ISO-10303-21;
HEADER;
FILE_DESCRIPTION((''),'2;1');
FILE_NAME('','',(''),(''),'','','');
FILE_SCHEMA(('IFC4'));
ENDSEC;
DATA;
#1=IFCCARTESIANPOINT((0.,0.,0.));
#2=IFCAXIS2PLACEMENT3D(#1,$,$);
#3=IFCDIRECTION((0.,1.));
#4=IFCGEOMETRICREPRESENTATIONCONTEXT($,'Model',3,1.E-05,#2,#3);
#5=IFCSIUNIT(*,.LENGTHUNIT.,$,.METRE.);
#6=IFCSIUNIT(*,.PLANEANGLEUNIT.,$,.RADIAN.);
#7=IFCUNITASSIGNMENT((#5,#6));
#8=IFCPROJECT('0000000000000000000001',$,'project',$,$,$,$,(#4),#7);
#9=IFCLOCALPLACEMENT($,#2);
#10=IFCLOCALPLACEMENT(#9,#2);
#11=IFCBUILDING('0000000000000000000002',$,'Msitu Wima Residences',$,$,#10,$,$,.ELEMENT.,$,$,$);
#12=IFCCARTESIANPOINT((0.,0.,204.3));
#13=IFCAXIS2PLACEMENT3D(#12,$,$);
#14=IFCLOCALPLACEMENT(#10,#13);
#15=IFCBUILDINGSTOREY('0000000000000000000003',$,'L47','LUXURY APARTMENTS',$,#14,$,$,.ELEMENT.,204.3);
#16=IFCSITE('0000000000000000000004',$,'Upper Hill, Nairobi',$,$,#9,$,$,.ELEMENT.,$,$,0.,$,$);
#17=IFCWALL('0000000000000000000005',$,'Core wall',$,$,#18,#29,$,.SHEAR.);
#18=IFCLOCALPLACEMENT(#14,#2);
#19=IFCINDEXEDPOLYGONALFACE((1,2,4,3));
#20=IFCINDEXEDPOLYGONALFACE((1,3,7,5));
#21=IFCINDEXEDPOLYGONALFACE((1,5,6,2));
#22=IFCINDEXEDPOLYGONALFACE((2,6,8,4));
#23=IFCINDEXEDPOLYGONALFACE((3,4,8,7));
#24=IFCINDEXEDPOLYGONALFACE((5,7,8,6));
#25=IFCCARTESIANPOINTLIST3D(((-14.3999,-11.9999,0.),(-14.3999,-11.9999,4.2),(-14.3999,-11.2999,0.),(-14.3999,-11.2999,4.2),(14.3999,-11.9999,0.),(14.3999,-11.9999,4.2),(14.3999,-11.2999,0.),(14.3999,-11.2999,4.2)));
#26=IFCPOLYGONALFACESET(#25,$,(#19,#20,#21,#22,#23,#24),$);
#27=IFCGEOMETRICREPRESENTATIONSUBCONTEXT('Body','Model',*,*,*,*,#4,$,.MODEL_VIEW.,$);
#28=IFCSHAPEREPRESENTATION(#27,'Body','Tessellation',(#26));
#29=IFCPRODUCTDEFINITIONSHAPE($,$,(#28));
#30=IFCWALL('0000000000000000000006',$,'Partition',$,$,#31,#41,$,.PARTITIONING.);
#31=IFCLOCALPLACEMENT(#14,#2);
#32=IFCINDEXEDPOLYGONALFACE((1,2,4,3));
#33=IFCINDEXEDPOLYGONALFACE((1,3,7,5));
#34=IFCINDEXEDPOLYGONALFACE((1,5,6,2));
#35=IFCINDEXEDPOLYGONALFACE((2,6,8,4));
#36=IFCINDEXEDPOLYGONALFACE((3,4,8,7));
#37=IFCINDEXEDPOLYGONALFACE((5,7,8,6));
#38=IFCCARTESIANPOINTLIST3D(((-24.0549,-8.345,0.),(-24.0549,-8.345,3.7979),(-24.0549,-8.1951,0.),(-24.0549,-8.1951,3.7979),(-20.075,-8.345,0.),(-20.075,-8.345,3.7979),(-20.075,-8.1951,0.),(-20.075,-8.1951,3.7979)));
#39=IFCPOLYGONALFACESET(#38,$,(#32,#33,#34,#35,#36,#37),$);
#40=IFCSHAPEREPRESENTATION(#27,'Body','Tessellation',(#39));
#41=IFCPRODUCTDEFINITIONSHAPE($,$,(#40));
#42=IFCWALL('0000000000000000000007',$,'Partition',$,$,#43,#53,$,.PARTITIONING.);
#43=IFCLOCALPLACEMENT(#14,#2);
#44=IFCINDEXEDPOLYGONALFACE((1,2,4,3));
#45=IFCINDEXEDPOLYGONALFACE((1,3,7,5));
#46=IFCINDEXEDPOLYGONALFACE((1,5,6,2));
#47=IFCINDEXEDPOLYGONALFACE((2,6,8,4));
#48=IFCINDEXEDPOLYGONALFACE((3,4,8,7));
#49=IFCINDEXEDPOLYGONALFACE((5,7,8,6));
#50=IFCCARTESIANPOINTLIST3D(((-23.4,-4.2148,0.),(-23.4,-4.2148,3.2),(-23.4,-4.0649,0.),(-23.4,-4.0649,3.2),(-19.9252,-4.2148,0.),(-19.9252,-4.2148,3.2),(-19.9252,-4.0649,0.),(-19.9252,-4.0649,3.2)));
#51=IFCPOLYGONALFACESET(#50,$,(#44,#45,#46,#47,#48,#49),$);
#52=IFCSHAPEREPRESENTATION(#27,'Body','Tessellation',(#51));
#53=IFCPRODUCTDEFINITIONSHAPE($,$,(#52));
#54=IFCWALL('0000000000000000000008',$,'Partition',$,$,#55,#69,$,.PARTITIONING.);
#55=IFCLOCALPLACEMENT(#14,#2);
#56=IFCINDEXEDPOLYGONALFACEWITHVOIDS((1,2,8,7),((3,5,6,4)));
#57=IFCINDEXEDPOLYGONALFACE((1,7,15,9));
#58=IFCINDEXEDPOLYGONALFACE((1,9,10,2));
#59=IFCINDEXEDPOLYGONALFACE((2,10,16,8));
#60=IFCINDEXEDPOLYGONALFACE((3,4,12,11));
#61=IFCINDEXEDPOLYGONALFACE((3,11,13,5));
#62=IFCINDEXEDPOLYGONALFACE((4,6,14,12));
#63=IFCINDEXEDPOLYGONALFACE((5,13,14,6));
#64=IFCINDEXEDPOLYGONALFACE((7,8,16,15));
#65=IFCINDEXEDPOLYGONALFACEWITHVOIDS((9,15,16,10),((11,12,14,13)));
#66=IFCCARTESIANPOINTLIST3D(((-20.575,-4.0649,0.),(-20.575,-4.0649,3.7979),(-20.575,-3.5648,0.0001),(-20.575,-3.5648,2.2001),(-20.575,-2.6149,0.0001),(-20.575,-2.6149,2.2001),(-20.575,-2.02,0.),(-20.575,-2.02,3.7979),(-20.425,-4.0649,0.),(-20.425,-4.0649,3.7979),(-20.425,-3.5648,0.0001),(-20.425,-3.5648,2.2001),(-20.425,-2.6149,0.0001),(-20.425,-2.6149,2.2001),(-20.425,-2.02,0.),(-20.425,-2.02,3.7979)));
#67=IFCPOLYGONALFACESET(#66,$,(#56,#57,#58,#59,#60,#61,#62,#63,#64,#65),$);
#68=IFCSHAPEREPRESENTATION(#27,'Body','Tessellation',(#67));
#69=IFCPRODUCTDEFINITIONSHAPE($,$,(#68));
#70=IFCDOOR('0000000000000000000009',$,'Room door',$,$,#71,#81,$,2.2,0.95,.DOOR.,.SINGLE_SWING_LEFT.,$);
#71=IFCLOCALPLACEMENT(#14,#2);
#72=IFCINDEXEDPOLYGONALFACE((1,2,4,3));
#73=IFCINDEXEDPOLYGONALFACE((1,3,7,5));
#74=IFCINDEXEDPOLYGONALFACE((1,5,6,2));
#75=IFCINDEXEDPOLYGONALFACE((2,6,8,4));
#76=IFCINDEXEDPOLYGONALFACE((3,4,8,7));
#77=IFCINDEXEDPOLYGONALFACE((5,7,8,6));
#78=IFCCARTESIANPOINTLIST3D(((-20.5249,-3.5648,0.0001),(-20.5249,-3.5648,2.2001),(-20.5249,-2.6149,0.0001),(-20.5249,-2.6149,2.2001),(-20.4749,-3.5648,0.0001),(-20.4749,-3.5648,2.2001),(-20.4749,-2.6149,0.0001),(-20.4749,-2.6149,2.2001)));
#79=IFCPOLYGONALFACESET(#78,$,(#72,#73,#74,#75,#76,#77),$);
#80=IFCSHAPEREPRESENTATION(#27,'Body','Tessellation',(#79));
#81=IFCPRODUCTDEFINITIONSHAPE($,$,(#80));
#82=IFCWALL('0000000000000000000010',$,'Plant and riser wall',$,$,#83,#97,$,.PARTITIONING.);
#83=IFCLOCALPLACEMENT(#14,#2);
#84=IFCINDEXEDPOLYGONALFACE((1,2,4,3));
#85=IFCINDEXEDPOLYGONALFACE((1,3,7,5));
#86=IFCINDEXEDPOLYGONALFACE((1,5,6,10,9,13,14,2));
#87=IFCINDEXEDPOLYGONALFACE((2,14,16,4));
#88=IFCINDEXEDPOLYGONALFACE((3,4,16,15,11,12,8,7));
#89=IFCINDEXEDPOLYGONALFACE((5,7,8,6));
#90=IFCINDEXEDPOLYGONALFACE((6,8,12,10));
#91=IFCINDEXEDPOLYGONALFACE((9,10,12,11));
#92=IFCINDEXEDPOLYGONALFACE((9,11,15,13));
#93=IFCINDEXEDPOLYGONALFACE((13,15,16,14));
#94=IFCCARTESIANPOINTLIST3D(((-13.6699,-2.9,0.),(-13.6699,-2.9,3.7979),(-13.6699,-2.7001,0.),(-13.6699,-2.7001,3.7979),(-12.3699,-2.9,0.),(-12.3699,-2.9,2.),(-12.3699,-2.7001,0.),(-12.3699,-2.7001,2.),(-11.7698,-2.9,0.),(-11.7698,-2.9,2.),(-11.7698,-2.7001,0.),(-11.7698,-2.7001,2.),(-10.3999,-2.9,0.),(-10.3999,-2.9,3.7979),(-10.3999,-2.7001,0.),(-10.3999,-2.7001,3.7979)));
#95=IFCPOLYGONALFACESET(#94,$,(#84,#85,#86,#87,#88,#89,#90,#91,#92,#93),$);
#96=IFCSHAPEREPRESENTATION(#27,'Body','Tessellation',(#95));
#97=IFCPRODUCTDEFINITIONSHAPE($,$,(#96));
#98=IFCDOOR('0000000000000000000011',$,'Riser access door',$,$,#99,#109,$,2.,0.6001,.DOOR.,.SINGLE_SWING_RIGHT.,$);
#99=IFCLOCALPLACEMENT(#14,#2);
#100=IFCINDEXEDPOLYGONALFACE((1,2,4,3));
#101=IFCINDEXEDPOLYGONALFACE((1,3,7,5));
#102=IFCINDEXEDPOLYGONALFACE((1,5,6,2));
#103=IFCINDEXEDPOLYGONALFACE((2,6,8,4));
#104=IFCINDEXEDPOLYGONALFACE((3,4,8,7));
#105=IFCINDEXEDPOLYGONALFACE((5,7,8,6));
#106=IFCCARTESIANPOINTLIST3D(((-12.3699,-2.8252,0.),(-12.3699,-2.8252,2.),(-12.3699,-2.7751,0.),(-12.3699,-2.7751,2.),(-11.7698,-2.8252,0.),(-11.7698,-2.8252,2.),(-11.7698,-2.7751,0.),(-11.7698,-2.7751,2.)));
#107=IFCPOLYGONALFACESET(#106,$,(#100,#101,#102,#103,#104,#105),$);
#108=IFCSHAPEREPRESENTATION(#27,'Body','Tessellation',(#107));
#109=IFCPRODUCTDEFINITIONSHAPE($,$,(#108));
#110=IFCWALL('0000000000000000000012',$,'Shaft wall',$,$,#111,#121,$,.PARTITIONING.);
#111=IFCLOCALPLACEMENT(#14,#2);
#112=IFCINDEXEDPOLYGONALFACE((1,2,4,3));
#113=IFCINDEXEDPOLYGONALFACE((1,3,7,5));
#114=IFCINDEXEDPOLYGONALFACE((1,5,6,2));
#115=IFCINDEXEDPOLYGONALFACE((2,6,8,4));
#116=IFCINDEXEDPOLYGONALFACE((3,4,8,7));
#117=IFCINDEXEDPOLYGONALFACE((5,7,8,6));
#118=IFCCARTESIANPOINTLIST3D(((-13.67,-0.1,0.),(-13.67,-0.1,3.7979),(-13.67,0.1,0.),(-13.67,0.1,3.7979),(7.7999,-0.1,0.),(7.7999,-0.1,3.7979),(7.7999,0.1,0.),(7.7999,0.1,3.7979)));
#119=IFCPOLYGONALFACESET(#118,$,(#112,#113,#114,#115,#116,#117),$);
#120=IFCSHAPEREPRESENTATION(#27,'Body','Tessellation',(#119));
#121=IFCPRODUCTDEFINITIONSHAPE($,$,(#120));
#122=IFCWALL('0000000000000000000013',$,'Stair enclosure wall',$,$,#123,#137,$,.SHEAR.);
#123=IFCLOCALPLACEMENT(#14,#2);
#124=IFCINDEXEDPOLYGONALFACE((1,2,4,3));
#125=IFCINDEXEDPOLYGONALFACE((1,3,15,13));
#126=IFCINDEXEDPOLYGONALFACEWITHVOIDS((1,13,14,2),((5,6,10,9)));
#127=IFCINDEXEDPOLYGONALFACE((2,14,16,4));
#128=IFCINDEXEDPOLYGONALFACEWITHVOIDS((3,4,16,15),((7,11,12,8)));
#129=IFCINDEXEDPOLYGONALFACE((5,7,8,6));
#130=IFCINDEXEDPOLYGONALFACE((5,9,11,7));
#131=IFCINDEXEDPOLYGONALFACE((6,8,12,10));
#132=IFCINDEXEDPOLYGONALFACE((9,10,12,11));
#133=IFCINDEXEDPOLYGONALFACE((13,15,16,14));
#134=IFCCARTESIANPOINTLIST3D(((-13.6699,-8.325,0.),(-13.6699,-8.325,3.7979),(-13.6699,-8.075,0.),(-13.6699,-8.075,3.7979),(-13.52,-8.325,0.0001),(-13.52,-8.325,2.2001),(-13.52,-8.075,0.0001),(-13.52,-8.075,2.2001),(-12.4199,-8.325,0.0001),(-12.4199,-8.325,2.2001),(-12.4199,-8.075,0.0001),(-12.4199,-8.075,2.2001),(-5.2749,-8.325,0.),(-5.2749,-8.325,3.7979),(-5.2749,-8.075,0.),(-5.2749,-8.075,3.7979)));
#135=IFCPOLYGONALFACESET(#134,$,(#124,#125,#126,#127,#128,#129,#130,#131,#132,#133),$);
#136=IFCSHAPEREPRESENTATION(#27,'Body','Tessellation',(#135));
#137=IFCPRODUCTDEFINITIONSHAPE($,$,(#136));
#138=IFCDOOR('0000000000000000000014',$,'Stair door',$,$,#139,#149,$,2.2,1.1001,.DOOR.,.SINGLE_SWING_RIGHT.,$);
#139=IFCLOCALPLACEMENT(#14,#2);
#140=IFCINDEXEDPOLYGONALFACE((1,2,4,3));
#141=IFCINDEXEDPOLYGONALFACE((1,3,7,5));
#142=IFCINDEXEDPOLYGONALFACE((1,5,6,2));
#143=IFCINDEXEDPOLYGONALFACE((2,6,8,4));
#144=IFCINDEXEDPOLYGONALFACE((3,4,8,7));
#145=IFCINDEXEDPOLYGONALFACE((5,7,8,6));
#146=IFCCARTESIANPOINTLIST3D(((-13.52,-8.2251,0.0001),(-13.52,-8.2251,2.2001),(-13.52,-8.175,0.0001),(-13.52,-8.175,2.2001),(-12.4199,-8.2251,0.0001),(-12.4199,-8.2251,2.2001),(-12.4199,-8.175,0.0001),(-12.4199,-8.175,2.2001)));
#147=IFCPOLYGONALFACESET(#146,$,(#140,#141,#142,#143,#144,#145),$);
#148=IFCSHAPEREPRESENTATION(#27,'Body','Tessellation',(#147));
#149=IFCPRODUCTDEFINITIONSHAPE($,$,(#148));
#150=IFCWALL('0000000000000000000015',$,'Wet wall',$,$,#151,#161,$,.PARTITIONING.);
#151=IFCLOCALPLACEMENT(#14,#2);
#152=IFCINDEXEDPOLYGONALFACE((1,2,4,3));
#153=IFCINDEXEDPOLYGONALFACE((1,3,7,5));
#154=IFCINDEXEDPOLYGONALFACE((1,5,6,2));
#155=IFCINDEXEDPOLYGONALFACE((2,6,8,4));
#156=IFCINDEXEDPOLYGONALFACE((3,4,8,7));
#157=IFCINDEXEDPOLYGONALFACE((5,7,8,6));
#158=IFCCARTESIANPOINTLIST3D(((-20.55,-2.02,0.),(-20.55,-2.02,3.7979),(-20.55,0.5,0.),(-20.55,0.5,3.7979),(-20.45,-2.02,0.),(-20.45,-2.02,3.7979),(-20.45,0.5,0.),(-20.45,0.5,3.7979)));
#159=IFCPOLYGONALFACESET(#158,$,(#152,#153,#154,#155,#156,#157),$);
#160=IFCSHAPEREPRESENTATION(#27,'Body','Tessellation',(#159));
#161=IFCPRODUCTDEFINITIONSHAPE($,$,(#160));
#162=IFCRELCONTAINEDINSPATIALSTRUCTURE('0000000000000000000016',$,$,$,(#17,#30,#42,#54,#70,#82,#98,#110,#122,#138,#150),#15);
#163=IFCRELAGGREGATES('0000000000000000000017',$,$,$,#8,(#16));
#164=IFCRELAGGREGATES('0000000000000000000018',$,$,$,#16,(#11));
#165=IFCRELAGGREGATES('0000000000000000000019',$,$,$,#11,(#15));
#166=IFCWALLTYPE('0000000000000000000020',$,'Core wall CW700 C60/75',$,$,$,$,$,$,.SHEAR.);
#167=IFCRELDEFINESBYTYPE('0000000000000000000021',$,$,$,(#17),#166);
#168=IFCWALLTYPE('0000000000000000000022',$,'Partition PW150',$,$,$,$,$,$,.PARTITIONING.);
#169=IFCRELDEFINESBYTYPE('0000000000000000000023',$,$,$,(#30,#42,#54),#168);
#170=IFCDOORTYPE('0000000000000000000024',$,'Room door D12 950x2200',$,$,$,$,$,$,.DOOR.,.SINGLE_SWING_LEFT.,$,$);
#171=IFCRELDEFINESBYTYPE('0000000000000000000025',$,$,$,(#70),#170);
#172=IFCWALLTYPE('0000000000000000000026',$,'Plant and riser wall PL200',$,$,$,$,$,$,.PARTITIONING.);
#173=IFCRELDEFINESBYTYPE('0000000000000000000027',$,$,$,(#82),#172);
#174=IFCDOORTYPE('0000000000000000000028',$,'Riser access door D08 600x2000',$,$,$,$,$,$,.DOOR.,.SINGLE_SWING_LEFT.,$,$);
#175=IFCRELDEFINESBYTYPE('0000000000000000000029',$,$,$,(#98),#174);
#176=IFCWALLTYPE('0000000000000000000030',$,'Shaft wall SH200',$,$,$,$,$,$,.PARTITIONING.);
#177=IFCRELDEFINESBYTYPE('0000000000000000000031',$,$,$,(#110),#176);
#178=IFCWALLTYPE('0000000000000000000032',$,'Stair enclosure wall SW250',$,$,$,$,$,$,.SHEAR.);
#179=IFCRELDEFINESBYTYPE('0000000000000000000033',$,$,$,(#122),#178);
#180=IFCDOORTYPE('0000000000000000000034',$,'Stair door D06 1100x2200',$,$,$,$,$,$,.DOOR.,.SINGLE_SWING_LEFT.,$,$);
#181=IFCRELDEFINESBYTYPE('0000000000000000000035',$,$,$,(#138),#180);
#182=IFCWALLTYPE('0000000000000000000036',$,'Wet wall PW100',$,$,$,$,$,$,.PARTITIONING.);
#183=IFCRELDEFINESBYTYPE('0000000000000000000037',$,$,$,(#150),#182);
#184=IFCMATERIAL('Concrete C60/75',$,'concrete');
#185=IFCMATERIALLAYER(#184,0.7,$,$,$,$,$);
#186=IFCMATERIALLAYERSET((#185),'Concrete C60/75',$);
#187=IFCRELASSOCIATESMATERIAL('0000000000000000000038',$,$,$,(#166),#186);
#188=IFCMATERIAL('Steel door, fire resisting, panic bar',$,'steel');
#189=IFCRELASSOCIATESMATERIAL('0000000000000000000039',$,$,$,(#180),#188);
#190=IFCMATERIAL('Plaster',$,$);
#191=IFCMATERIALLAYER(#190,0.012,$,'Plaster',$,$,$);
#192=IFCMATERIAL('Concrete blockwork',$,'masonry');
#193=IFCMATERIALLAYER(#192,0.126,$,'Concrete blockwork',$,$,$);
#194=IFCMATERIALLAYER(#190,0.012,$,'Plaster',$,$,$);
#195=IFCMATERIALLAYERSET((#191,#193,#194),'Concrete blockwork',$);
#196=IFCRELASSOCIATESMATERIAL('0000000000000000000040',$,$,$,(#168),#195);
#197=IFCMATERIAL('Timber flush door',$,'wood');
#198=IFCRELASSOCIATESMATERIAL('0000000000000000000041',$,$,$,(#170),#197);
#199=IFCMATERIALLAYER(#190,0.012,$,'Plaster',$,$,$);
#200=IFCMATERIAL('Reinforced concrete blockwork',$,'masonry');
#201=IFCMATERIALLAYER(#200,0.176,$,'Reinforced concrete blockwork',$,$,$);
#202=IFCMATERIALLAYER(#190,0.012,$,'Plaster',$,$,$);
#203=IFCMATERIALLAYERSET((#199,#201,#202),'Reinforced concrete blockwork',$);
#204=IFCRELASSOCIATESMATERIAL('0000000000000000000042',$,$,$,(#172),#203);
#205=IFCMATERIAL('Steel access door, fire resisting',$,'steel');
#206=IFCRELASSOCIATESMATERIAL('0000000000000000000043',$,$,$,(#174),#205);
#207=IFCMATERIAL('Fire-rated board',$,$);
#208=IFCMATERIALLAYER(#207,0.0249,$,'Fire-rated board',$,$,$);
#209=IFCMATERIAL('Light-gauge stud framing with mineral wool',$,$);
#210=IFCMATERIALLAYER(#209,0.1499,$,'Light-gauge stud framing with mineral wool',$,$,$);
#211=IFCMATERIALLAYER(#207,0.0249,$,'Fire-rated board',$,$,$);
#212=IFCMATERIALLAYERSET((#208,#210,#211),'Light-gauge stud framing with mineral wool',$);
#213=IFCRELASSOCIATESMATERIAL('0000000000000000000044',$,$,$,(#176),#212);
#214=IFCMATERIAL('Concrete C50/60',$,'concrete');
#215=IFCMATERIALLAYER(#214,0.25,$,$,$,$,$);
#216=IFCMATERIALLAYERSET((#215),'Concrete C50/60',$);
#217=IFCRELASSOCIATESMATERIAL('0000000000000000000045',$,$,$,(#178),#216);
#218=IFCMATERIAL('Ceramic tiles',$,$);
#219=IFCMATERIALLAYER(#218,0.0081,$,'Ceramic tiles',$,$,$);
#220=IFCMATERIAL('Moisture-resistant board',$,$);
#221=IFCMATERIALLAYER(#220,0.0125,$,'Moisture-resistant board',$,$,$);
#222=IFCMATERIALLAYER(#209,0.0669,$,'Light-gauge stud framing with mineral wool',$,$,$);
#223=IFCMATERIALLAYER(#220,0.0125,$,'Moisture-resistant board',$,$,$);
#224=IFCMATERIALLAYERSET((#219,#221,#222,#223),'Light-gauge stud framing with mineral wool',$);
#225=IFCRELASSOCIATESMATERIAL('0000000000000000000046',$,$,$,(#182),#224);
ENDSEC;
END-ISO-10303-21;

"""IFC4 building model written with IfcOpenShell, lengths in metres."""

from ifc_helpers import new_model, si_unit, direction, frame, frame_2d, origin, place, context, subcontext, project, spatial, rectangle, extrude, material, layer, layer_set, type_object, element, fill, save


model = new_model("IFC4")

# Units and contexts
model_context = context("Model", 3, precision=1e-05, world=origin(), true_north=direction((0.0, 1.0)))
body_context = subcontext(model_context, "Body", "Model", "MODEL_VIEW")
ifc_project = project(units=[si_unit("LENGTHUNIT", "METRE"), si_unit("PLANEANGLEUNIT", "RADIAN")], contexts=[model_context])

# Site, building, storey
site_placement = place(None, origin())
site = spatial("IfcSite", under=ifc_project, at=site_placement, Name="Upper Hill, Nairobi", CompositionType="ELEMENT", RefElevation=0.0)
building_placement = place(site_placement, origin())
building = spatial("IfcBuilding", under=site, at=building_placement, Name="Msitu Wima Residences", CompositionType="ELEMENT")
storey_placement = place(building_placement, frame((0.0, 0.0, 204.3)))
storey = spatial("IfcBuildingStorey", under=building, at=storey_placement, Name="L47", Description="LUXURY APARTMENTS", CompositionType="ELEMENT", Elevation=204.3)

# Shared definitions
ifc_material_1 = material(Name="Concrete C60/75", Category="concrete")

# Shared definitions
ifc_material_2 = material(Name="Concrete C50/60", Category="concrete")

# Wall
ifc_layer_1 = layer(ifc_material_1, 0.7)
ifc_layer_set_1 = layer_set([ifc_layer_1], Name="Concrete C60/75")
wall_type_1 = type_object("IfcWallType", Name="Core wall CW700 C60/75", PredefinedType="SHEAR", material=ifc_layer_set_1)
wall_1_placement = place(storey_placement, frame((-14.3999, -11.6499, 0.0), z_axis=(0.0, 0.0, 1.0), x_axis=(1.0, 0.0, 0.0)))
element("IfcWall", 1, at=wall_1_placement, inside=storey, type_object=wall_type_1, Name="Core wall", PredefinedType="SHEAR", context=body_context, shape_type="SweptSolid", body=[
    extrude(rectangle(XDim=28.7998, YDim=0.7, at=frame_2d((14.3999, 0.0))), origin(), (0.0, 0.0, 1.0), 4.2),
])

# Shared definitions
ifc_material_3 = material(Name="Steel door, fire resisting, panic bar", Category="steel")
door_type_1 = type_object("IfcDoorType", Name="Stair door D06 1100x2200", OperationType="SINGLE_SWING_LEFT", PredefinedType="DOOR", material=ifc_material_3)

# Walls
ifc_material_4 = material(Name="Plaster")
ifc_layer_2 = layer(ifc_material_4, 0.012, Name="Plaster")
ifc_material_5 = material(Name="Concrete blockwork", Category="masonry")
ifc_layer_3 = layer(ifc_material_5, 0.126, Name="Concrete blockwork")
ifc_layer_4 = layer(ifc_material_4, 0.012, Name="Plaster")
ifc_layer_set_2 = layer_set([ifc_layer_2, ifc_layer_3, ifc_layer_4], Name="Concrete blockwork")
wall_type_2 = type_object("IfcWallType", Name="Partition PW150", PredefinedType="PARTITIONING", material=ifc_layer_set_2)
wall_2_placement = place(storey_placement, frame((-24.0549, -8.27, 0.0), z_axis=(0.0, 0.0, 1.0), x_axis=(1.0, 0.0, 0.0)))
element("IfcWall", 2, at=wall_2_placement, inside=storey, type_object=wall_type_2, Name="Partition", PredefinedType="PARTITIONING", context=body_context, shape_type="SweptSolid", body=[
    extrude(rectangle(XDim=3.98, YDim=0.1499, at=frame_2d((1.99, 0.0))), origin(), (0.0, 0.0, 1.0), 3.7979),
])
wall_3_placement = place(storey_placement, frame((-23.3999, -4.1399, 0.0), z_axis=(0.0, 0.0, 1.0), x_axis=(1.0, 0.0, 0.0)))
element("IfcWall", 3, at=wall_3_placement, inside=storey, type_object=wall_type_2, Name="Partition", PredefinedType="PARTITIONING", context=body_context, shape_type="SweptSolid", body=[
    extrude(rectangle(XDim=3.4749, YDim=0.1499, at=frame_2d((1.7373, 0.0))), origin(), (0.0, 0.0, 1.0), 3.2),
])

# Walls, openings, doors
wall_4_placement = place(storey_placement, frame((-20.5, -4.0649, 0.0), z_axis=(0.0, 0.0, 1.0), x_axis=(0.0, 1.0, 0.0)))
wall_4 = element("IfcWall", 4, at=wall_4_placement, inside=storey, type_object=wall_type_2, Name="Partition", PredefinedType="PARTITIONING", context=body_context, shape_type="SweptSolid", body=[
    extrude(rectangle(XDim=2.0449, YDim=0.1499, at=frame_2d((1.0225, 0.0))), origin(), (0.0, 0.0, 1.0), 3.7979),
])
opening_1_placement = place(wall_4_placement, frame((0.5, 0.0, 0.0)))
opening_1 = element("IfcOpeningElement", 5, at=opening_1_placement, cuts=wall_4, PredefinedType="OPENING", context=body_context, shape_type="SweptSolid", body=[
    extrude(rectangle(XDim=0.95, YDim=2.2, at=frame_2d((0.4751, 1.1001))), frame((0.0, 0.085, 0.0), z_axis=(0.0, -1.0, 0.0), x_axis=(1.0, 0.0, 0.0)), (0.0, 0.0, 1.0), 0.1699),
])
ifc_material_6 = material(Name="Timber flush door", Category="wood")
door_type_2 = type_object("IfcDoorType", Name="Room door D12 950x2200", OperationType="SINGLE_SWING_LEFT", PredefinedType="DOOR", material=ifc_material_6)
door_1_placement = place(opening_1_placement, origin())
door_1 = element("IfcDoor", 6, at=door_1_placement, inside=storey, type_object=door_type_2, Name="Room door", OperationType="SINGLE_SWING_LEFT", OverallHeight=2.2, OverallWidth=0.95, PredefinedType="DOOR", context=body_context, shape_type="SweptSolid", body=[
    extrude(rectangle(XDim=0.95, YDim=2.2, at=frame_2d((0.4751, 1.1001))), frame((0.0, 0.0249, 0.0), z_axis=(0.0, -1.0, 0.0), x_axis=(1.0, 0.0, 0.0)), (0.0, 0.0, 1.0), 0.05),
])
fill(opening_1, door_1)
ifc_layer_5 = layer(ifc_material_4, 0.012, Name="Plaster")
ifc_material_7 = material(Name="Reinforced concrete blockwork", Category="masonry")
ifc_layer_6 = layer(ifc_material_7, 0.176, Name="Reinforced concrete blockwork")
ifc_layer_7 = layer(ifc_material_4, 0.012, Name="Plaster")
ifc_layer_set_3 = layer_set([ifc_layer_5, ifc_layer_6, ifc_layer_7], Name="Reinforced concrete blockwork")
wall_type_3 = type_object("IfcWallType", Name="Plant and riser wall PL200", PredefinedType="PARTITIONING", material=ifc_layer_set_3)
wall_5_placement = place(storey_placement, frame((-13.6699, -2.8, 0.0), z_axis=(0.0, 0.0, 1.0), x_axis=(1.0, 0.0, 0.0)))
wall_5 = element("IfcWall", 7, at=wall_5_placement, inside=storey, type_object=wall_type_3, Name="Plant and riser wall", PredefinedType="PARTITIONING", context=body_context, shape_type="SweptSolid", body=[
    extrude(rectangle(XDim=3.27, YDim=0.2, at=frame_2d((1.635, 0.0))), origin(), (0.0, 0.0, 1.0), 3.7979),
])
opening_2_placement = place(wall_5_placement, frame((1.3, 0.0, 0.0)))
opening_2 = element("IfcOpeningElement", 8, at=opening_2_placement, cuts=wall_5, PredefinedType="OPENING", context=body_context, shape_type="SweptSolid", body=[
    extrude(rectangle(XDim=0.6001, YDim=2.0, at=frame_2d((0.3, 1.0))), frame((0.0, 0.1099, 0.0), z_axis=(0.0, -1.0, 0.0), x_axis=(1.0, 0.0, 0.0)), (0.0, 0.0, 1.0), 0.22),
])
ifc_material_8 = material(Name="Steel access door, fire resisting", Category="steel")
door_type_3 = type_object("IfcDoorType", Name="Riser access door D08 600x2000", OperationType="SINGLE_SWING_LEFT", PredefinedType="DOOR", material=ifc_material_8)
door_2_placement = place(opening_2_placement, origin())
door_2 = element("IfcDoor", 9, at=door_2_placement, inside=storey, type_object=door_type_3, Name="Riser access door", OperationType="SINGLE_SWING_RIGHT", OverallHeight=2.0, OverallWidth=0.6001, PredefinedType="DOOR", context=body_context, shape_type="SweptSolid", body=[
    extrude(rectangle(XDim=0.6001, YDim=2.0, at=frame_2d((0.3, 1.0))), frame((0.0, 0.0249, 0.0), z_axis=(0.0, -1.0, 0.0), x_axis=(1.0, 0.0, 0.0)), (0.0, 0.0, 1.0), 0.05),
])
fill(opening_2, door_2)

# Wall
ifc_material_9 = material(Name="Fire-rated board")
ifc_layer_8 = layer(ifc_material_9, 0.0249, Name="Fire-rated board")
ifc_material_10 = material(Name="Light-gauge stud framing with mineral wool")
ifc_layer_9 = layer(ifc_material_10, 0.1499, Name="Light-gauge stud framing with mineral wool")
ifc_layer_10 = layer(ifc_material_9, 0.0249, Name="Fire-rated board")
ifc_layer_set_4 = layer_set([ifc_layer_8, ifc_layer_9, ifc_layer_10], Name="Light-gauge stud framing with mineral wool")
wall_type_4 = type_object("IfcWallType", Name="Shaft wall SH200", PredefinedType="PARTITIONING", material=ifc_layer_set_4)
wall_6_placement = place(storey_placement, frame((-13.6699, 0.0, 0.0), z_axis=(0.0, 0.0, 1.0), x_axis=(1.0, 0.0, 0.0)))
element("IfcWall", 10, at=wall_6_placement, inside=storey, type_object=wall_type_4, Name="Shaft wall", PredefinedType="PARTITIONING", context=body_context, shape_type="SweptSolid", body=[
    extrude(rectangle(XDim=21.47, YDim=0.2, at=frame_2d((10.7349, 0.0))), origin(), (0.0, 0.0, 1.0), 3.7979),
])

# Wall, opening, door
ifc_layer_11 = layer(ifc_material_2, 0.25)
ifc_layer_set_5 = layer_set([ifc_layer_11], Name="Concrete C50/60")
wall_type_5 = type_object("IfcWallType", Name="Stair enclosure wall SW250", PredefinedType="SHEAR", material=ifc_layer_set_5)
wall_7_placement = place(storey_placement, frame((-13.6699, -8.2, 0.0), z_axis=(0.0, 0.0, 1.0), x_axis=(1.0, 0.0, 0.0)))
wall_7 = element("IfcWall", 11, at=wall_7_placement, inside=storey, type_object=wall_type_5, Name="Stair enclosure wall", PredefinedType="SHEAR", context=body_context, shape_type="SweptSolid", body=[
    extrude(rectangle(XDim=8.395, YDim=0.25, at=frame_2d((4.1975, 0.0))), origin(), (0.0, 0.0, 1.0), 3.7979),
])
opening_3_placement = place(wall_7_placement, frame((0.1499, 0.0, 0.0)))
opening_3 = element("IfcOpeningElement", 12, at=opening_3_placement, cuts=wall_7, PredefinedType="OPENING", context=body_context, shape_type="SweptSolid", body=[
    extrude(rectangle(XDim=1.1001, YDim=2.2, at=frame_2d((0.55, 1.1001))), frame((0.0, 0.135, 0.0), z_axis=(0.0, -1.0, 0.0), x_axis=(1.0, 0.0, 0.0)), (0.0, 0.0, 1.0), 0.27),
])
door_3_placement = place(opening_3_placement, origin())
door_3 = element("IfcDoor", 13, at=door_3_placement, inside=storey, type_object=door_type_1, Name="Stair door", OperationType="SINGLE_SWING_RIGHT", OverallHeight=2.2, OverallWidth=1.1001, PredefinedType="DOOR", context=body_context, shape_type="SweptSolid", body=[
    extrude(rectangle(XDim=1.1001, YDim=2.2, at=frame_2d((0.55, 1.1001))), frame((0.0, 0.0249, 0.0), z_axis=(0.0, -1.0, 0.0), x_axis=(1.0, 0.0, 0.0)), (0.0, 0.0, 1.0), 0.05),
])
fill(opening_3, door_3)

# Wall
ifc_material_11 = material(Name="Ceramic tiles")
ifc_layer_12 = layer(ifc_material_11, 0.0081, Name="Ceramic tiles")
ifc_material_12 = material(Name="Moisture-resistant board")
ifc_layer_13 = layer(ifc_material_12, 0.0125, Name="Moisture-resistant board")
ifc_layer_14 = layer(ifc_material_10, 0.0669, Name="Light-gauge stud framing with mineral wool")
ifc_layer_15 = layer(ifc_material_12, 0.0125, Name="Moisture-resistant board")
ifc_layer_set_6 = layer_set([ifc_layer_12, ifc_layer_13, ifc_layer_14, ifc_layer_15], Name="Light-gauge stud framing with mineral wool")
wall_type_6 = type_object("IfcWallType", Name="Wet wall PW100", PredefinedType="PARTITIONING", material=ifc_layer_set_6)
wall_8_placement = place(storey_placement, frame((-20.5, -2.02, 0.0), z_axis=(0.0, 0.0, 1.0), x_axis=(0.0, 1.0, 0.0)))
element("IfcWall", 14, at=wall_8_placement, inside=storey, type_object=wall_type_6, Name="Wet wall", PredefinedType="PARTITIONING", context=body_context, shape_type="SweptSolid", body=[
    extrude(rectangle(XDim=2.52, YDim=0.1001, at=frame_2d((1.26, 0.0))), origin(), (0.0, 0.0, 1.0), 3.7979),
])

save(model, "model.ifc")
